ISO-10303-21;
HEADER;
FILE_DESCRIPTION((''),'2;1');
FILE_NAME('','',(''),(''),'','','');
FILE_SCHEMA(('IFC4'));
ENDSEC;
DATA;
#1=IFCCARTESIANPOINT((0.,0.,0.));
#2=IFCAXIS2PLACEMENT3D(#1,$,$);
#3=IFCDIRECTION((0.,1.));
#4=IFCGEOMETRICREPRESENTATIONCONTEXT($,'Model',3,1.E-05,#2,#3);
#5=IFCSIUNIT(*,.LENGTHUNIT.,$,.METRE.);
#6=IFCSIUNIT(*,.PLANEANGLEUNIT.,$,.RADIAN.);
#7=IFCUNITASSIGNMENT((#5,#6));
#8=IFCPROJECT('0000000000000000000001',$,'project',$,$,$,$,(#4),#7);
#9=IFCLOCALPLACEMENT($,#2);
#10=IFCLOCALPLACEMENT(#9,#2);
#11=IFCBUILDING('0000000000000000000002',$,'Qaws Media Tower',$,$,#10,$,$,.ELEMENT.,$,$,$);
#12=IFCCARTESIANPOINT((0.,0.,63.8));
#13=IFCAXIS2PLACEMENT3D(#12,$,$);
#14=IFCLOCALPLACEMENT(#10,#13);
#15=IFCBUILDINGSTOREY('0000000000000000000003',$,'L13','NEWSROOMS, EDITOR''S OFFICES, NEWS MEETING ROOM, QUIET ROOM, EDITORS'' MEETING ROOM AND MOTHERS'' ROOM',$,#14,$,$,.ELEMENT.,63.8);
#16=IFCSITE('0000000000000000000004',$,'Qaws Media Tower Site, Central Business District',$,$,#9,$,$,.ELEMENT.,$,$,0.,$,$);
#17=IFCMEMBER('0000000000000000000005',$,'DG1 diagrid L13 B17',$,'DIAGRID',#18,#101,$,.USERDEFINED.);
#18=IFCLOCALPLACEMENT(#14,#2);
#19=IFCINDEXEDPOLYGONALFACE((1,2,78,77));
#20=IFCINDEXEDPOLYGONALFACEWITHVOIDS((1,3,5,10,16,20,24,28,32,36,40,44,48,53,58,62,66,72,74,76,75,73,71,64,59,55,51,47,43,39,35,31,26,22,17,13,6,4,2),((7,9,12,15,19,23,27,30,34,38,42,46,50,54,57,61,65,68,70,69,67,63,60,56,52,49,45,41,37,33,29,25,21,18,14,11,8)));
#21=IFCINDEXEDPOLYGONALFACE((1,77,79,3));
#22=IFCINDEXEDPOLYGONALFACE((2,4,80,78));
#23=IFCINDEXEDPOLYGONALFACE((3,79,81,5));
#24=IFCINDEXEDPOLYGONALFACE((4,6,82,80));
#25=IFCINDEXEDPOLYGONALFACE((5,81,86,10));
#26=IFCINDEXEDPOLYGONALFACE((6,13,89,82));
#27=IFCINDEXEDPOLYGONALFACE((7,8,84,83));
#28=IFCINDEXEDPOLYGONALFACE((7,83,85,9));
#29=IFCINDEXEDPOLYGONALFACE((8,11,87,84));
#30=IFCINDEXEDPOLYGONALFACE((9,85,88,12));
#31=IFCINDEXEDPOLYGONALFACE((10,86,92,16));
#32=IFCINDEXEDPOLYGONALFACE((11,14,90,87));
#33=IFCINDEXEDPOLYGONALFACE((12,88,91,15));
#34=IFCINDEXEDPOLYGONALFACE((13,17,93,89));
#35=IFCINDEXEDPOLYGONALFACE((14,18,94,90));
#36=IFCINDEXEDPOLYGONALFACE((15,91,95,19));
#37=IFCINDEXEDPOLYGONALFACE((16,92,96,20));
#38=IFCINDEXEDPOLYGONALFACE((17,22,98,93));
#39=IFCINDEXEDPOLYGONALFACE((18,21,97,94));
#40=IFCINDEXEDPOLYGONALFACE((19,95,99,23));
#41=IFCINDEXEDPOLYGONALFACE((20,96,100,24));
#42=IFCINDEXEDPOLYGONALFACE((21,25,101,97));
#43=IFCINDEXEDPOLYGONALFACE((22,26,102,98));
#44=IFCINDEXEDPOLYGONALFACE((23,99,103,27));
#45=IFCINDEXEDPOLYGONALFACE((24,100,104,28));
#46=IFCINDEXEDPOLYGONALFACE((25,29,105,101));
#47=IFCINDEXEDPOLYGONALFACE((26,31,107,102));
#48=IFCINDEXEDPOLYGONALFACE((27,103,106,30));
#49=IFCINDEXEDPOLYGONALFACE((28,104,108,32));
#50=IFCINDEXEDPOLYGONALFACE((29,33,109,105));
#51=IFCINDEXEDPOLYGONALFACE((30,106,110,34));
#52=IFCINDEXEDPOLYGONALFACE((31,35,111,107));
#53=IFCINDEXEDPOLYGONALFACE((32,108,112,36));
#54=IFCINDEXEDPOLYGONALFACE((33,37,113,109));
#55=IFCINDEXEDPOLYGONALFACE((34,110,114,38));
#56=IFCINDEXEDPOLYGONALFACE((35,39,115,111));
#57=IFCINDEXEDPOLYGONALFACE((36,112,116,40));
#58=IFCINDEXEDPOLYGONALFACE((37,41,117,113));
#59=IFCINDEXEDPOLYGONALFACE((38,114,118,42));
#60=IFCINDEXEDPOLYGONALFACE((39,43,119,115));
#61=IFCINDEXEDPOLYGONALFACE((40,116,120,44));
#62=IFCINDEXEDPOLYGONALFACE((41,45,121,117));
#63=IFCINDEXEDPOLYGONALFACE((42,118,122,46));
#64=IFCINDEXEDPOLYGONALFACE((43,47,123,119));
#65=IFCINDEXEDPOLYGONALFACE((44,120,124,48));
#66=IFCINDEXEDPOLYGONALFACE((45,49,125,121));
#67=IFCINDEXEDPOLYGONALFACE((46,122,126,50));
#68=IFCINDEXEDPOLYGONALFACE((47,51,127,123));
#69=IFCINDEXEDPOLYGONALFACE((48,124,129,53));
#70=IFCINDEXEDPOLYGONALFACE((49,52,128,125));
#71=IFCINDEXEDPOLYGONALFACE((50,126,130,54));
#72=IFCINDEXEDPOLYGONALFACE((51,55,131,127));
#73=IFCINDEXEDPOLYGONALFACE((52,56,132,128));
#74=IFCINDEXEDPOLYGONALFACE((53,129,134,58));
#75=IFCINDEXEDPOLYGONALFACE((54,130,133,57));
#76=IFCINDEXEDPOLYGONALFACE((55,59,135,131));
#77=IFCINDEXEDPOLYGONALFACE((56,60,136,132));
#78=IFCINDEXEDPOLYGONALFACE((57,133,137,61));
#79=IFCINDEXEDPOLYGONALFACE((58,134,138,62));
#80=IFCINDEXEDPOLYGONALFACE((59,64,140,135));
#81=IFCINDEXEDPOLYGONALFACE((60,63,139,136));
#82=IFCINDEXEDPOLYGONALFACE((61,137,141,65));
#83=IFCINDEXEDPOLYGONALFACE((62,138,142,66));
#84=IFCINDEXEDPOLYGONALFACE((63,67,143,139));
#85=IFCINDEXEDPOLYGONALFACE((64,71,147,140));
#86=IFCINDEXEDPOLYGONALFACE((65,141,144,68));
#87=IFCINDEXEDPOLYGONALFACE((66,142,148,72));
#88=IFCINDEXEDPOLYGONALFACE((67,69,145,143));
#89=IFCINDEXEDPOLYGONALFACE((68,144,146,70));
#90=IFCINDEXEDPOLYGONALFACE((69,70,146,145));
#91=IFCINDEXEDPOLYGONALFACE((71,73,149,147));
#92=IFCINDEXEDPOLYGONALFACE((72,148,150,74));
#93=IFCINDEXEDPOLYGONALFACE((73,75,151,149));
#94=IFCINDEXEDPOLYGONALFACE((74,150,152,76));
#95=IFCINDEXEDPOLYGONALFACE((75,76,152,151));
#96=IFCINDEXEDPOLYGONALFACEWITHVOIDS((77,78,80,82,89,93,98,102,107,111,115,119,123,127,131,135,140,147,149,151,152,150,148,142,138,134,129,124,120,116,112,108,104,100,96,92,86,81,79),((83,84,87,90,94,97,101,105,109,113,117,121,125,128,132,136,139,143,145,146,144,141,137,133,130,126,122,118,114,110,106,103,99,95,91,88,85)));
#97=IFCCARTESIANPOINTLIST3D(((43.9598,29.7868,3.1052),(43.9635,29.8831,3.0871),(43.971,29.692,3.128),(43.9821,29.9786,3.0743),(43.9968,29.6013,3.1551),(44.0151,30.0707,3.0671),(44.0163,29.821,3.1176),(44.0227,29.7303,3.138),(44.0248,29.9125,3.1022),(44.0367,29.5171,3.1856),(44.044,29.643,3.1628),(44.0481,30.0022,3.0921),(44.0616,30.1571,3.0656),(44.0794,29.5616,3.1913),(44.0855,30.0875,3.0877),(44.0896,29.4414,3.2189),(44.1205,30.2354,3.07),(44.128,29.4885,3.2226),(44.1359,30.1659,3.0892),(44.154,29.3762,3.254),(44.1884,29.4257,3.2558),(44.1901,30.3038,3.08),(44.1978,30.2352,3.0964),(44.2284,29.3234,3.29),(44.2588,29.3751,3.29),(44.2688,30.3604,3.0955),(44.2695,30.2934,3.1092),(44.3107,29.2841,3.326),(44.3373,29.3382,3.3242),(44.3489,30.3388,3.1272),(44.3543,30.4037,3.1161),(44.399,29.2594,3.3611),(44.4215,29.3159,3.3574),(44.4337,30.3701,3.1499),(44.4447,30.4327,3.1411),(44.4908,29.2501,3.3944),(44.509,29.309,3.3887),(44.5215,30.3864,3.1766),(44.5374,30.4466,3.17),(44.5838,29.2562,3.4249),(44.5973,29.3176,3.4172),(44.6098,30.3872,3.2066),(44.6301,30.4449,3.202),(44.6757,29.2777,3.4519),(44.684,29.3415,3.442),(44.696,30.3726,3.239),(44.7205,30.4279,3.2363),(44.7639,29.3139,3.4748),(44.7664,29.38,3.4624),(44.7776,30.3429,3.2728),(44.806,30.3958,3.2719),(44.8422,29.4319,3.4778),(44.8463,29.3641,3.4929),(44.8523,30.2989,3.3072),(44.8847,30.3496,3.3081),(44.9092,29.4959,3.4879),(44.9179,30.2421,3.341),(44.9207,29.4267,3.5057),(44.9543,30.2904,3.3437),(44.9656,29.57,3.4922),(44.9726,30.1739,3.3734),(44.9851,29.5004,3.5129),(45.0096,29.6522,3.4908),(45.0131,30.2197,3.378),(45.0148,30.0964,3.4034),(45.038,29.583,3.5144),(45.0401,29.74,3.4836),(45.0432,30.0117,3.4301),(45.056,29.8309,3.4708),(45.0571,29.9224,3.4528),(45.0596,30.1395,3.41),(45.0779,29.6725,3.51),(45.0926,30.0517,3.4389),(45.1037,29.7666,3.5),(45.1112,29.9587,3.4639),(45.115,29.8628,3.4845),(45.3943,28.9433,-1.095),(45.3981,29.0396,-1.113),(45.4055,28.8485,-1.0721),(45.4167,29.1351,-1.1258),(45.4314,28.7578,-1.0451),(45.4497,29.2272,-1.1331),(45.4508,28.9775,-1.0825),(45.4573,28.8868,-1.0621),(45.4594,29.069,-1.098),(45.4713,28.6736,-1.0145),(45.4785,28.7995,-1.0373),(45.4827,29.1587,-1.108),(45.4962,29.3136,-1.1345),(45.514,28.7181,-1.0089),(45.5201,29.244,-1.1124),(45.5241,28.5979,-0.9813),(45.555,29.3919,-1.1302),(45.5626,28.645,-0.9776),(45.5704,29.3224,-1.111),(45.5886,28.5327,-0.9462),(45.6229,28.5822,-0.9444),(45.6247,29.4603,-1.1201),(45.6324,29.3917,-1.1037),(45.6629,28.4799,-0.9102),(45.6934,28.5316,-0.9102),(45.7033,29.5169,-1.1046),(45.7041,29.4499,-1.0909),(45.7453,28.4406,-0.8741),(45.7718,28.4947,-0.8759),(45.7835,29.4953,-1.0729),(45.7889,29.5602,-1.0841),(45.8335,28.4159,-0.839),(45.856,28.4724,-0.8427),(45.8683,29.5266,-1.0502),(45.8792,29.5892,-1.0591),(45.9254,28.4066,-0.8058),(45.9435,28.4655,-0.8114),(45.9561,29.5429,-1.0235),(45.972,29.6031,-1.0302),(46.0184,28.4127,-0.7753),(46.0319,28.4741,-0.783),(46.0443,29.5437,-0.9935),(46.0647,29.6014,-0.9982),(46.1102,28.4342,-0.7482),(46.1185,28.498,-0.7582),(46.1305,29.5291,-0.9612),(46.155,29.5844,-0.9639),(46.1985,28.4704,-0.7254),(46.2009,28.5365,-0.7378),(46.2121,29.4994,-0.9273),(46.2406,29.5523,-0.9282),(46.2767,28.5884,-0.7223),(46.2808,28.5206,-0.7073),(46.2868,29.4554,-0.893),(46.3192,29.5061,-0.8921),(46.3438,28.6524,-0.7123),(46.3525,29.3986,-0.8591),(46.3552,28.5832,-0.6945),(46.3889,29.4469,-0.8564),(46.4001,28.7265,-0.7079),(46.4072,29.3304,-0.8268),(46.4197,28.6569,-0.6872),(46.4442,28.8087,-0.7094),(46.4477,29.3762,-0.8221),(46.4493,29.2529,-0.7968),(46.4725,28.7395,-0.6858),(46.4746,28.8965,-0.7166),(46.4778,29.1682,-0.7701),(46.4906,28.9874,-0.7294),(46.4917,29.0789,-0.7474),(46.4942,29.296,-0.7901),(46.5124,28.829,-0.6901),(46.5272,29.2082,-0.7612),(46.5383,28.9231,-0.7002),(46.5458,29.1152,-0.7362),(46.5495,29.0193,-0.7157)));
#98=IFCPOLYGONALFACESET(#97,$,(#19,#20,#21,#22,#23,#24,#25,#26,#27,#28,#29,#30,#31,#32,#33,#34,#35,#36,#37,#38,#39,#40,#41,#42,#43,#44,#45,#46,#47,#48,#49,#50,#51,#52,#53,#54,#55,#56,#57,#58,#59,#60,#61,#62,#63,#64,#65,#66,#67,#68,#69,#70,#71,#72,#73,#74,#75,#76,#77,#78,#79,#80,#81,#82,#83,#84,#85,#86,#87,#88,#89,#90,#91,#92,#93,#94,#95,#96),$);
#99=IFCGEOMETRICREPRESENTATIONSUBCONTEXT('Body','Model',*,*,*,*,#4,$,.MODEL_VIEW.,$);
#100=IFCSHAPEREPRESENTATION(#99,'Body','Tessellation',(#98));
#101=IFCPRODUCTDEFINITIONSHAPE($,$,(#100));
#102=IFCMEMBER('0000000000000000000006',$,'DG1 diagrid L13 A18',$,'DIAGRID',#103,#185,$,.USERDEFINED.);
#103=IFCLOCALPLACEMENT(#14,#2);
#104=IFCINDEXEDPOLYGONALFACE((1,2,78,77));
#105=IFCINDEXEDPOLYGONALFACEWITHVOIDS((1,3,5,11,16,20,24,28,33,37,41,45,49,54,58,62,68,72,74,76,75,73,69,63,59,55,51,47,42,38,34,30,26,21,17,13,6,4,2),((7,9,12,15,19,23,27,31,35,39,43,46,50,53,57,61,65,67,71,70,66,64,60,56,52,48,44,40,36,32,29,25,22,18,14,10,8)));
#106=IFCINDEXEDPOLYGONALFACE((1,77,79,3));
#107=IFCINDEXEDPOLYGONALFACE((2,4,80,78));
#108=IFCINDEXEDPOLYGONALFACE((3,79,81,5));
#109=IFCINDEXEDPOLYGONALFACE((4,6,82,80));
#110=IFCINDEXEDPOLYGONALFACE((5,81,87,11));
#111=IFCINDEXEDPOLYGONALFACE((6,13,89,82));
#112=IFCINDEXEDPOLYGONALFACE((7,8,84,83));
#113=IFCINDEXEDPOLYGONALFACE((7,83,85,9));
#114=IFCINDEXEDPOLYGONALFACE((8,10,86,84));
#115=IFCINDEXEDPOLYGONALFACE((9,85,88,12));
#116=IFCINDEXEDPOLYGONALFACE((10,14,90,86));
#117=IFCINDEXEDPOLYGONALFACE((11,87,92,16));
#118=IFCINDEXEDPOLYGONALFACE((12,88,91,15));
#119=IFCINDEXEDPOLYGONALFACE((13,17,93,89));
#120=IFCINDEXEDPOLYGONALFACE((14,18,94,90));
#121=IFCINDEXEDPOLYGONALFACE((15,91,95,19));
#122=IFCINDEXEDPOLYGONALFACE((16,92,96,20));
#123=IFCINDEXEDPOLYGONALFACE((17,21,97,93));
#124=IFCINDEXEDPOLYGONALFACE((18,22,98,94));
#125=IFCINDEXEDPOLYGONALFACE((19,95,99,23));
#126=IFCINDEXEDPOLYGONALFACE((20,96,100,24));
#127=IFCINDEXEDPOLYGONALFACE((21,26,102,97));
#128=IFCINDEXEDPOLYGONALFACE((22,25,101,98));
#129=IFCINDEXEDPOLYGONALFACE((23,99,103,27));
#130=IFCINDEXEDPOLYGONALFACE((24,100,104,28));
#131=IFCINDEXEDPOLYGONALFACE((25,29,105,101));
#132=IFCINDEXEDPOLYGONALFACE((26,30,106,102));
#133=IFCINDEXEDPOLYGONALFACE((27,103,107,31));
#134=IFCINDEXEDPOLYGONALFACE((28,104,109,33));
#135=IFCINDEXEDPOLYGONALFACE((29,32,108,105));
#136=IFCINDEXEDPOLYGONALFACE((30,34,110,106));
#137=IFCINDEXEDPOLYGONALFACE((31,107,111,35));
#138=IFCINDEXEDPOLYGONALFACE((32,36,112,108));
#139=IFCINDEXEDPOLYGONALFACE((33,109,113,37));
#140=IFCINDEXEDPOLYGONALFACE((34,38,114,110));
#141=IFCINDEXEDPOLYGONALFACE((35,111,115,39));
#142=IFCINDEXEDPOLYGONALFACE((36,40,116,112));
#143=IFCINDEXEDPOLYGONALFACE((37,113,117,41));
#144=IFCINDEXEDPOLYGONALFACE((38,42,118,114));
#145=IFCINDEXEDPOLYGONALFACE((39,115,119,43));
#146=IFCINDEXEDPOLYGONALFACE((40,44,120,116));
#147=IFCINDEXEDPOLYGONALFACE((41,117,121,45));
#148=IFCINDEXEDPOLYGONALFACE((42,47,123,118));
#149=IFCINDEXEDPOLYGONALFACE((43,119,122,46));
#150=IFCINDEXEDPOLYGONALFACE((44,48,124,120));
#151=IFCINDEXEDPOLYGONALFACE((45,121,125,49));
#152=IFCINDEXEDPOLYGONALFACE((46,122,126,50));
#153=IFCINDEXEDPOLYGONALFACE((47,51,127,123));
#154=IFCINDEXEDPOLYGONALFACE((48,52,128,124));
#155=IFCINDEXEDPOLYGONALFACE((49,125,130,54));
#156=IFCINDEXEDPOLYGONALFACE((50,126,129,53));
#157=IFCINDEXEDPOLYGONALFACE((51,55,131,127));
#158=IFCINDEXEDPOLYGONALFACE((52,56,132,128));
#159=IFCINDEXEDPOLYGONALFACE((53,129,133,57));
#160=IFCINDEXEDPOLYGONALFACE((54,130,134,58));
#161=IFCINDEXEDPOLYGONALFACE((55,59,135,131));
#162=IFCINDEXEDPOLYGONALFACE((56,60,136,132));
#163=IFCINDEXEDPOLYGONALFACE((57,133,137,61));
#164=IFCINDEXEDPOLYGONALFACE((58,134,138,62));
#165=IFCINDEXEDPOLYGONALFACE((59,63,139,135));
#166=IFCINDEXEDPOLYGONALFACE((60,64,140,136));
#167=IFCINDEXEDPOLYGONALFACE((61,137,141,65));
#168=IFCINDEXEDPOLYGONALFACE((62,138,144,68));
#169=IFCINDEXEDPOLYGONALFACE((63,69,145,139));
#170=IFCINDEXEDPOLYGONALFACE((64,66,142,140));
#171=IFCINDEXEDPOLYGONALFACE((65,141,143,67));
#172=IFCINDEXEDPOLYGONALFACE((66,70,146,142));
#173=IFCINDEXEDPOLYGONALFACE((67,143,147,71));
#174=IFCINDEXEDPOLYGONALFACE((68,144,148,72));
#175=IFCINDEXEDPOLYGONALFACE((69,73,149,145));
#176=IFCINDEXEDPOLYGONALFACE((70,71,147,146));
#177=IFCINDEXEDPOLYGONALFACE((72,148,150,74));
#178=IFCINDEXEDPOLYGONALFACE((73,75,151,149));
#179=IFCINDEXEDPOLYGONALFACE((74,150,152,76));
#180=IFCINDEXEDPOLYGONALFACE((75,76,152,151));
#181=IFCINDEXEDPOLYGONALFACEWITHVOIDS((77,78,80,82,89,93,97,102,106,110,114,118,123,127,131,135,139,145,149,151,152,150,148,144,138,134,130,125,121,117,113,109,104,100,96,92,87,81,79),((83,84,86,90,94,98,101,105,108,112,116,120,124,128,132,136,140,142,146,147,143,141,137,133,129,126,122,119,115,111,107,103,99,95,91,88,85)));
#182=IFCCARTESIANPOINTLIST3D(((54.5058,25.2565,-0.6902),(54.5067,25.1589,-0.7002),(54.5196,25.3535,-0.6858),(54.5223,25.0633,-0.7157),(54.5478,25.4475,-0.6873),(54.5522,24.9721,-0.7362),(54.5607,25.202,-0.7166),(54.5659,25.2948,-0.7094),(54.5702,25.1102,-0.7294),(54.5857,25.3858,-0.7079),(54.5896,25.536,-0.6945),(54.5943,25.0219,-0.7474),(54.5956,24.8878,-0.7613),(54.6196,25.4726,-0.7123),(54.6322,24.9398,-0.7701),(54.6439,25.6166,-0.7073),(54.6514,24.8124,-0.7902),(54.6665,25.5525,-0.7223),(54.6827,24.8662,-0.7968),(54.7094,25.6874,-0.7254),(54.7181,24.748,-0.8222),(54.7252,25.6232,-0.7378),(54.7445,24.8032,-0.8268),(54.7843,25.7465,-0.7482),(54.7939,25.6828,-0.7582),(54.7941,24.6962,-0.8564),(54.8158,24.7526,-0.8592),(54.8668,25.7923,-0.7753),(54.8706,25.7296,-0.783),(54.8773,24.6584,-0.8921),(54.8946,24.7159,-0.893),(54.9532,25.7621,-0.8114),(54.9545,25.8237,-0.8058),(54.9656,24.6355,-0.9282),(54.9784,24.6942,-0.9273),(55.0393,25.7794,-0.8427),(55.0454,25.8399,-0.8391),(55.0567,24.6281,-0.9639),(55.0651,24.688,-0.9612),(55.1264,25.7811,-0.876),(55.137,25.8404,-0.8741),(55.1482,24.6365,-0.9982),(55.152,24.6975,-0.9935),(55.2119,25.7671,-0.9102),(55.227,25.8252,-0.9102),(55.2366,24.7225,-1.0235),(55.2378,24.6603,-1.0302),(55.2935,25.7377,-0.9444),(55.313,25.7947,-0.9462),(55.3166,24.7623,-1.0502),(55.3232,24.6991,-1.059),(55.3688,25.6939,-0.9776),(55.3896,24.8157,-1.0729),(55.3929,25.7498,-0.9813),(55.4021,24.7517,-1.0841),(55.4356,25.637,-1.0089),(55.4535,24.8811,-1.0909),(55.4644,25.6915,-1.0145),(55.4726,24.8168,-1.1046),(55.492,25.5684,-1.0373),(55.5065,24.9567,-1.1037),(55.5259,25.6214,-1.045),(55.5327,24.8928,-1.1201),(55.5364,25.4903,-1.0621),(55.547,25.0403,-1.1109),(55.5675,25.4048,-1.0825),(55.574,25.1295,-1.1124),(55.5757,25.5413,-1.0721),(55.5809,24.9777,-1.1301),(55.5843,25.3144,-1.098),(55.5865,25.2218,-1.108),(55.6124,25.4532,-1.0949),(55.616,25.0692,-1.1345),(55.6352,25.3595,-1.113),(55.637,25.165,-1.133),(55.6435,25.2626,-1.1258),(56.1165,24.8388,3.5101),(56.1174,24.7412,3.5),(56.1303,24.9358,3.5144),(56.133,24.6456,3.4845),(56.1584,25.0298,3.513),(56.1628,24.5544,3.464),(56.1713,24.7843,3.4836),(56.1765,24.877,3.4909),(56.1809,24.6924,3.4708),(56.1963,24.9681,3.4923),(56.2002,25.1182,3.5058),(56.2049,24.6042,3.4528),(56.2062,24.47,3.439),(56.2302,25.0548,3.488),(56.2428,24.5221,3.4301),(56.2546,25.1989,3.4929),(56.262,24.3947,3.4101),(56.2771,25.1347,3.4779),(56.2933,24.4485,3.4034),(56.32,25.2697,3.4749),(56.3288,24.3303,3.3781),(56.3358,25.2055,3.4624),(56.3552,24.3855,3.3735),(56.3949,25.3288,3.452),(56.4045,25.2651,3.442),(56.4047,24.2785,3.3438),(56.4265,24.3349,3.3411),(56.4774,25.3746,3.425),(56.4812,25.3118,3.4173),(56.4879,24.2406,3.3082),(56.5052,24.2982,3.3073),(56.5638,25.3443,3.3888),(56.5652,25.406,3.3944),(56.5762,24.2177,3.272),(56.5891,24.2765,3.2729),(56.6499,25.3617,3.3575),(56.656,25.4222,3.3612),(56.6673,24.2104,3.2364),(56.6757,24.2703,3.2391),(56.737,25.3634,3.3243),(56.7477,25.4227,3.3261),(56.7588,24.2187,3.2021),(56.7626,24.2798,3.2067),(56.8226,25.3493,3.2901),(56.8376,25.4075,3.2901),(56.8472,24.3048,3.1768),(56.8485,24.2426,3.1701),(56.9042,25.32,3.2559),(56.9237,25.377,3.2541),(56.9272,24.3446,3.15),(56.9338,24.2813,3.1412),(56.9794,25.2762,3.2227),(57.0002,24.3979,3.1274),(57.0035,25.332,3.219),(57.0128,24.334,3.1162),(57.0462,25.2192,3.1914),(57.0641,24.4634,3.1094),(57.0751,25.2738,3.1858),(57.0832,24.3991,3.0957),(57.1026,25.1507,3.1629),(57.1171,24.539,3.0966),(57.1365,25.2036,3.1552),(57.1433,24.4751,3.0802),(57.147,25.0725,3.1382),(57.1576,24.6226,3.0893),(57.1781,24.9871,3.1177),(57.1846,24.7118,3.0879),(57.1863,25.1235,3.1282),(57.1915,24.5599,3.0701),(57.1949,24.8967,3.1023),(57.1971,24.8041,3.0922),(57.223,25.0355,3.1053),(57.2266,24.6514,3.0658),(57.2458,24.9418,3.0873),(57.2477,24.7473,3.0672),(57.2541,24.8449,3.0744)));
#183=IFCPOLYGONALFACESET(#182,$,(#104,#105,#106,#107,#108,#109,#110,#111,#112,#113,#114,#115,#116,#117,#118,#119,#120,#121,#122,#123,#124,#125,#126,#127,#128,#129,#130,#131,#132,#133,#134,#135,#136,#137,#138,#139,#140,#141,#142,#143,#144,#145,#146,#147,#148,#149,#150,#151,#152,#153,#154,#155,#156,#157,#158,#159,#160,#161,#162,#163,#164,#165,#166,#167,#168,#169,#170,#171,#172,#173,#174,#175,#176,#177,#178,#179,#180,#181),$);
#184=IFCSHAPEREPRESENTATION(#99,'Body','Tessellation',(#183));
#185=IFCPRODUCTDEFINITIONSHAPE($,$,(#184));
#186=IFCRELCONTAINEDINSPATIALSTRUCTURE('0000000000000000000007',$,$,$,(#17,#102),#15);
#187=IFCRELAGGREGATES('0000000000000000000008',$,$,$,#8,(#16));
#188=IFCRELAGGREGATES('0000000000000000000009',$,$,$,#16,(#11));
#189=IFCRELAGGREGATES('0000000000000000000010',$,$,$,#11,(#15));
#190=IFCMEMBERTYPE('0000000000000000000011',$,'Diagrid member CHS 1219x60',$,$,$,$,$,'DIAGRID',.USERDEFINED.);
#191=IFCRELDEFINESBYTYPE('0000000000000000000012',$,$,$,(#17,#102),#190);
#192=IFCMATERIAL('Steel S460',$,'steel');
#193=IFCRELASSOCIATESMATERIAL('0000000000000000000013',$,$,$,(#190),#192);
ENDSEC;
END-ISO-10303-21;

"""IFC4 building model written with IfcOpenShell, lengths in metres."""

from ifc_helpers import new_model, si_unit, direction, frame, origin, origin_2d, place, context, subcontext, project, spatial, hollow_circle, extrude, material, material_profile, profile_set, type_object, element, save


model = new_model("IFC4")

# Units and contexts
model_context = context("Model", 3, precision=1e-05, world=origin(), true_north=direction((0.0, 1.0)))
body_context = subcontext(model_context, "Body", "Model", "MODEL_VIEW")
ifc_project = project(units=[si_unit("LENGTHUNIT", "METRE"), si_unit("PLANEANGLEUNIT", "RADIAN")], contexts=[model_context])

# Site, building, storey
site_placement = place(None, origin())
site = spatial("IfcSite", under=ifc_project, at=site_placement, Name="Qaws Media Tower Site, Central Business District", CompositionType="ELEMENT", RefElevation=0.0)
building_placement = place(site_placement, origin())
building = spatial("IfcBuilding", under=site, at=building_placement, Name="Qaws Media Tower", CompositionType="ELEMENT")
storey_placement = place(building_placement, frame((0.0, 0.0, 63.8)))
storey = spatial("IfcBuildingStorey", under=building, at=storey_placement, Name="L13", Description="NEWSROOMS, EDITOR'S OFFICES, NEWS MEETING ROOM, QUIET ROOM, EDITORS' MEETING ROOM AND MOTHERS' ROOM", CompositionType="ELEMENT", Elevation=63.8)

# Members
ifc_material_1 = material(Name="Steel S460", Category="steel")
ifc_material_profile_1 = material_profile(ifc_material_1, hollow_circle(Radius=0.6096, WallThickness=0.0601, at=origin_2d()), Name="CHS 1219x60")
ifc_profile_set_1 = profile_set([ifc_material_profile_1], Name="Steel S460")
member_type_1 = type_object("IfcMemberType", Name="Diagrid member CHS 1219x60", ElementType="DIAGRID", PredefinedType="USERDEFINED", material=ifc_profile_set_1)
for number, where, z_axis, x_axis, name in (
    (1, (45.9719, 29.0054, -0.9102), (-0.317533, 0.186704, 0.929685), (-0.50686, -0.862028, 0.0), "DG1 diagrid L13 B17"),
    (2, (55.074, 25.2351, -0.9102), (0.356503, -0.092463, 0.929708), (0.251054, 0.967973, 0.0), "DG1 diagrid L13 A18"),
):
    element("IfcMember", number, at=place(storey_placement, frame(where, z_axis=z_axis, x_axis=x_axis)), inside=storey, type_object=member_type_1, Name=name, ObjectType="DIAGRID", PredefinedType="USERDEFINED", context=body_context, shape_type="SweptSolid", body=[
        extrude(hollow_circle(Radius=0.6096, WallThickness=0.0601, at=origin_2d()), origin(), (0.0, 0.0, 1.0), 4.5178),
    ])

save(model, "model.ifc")
